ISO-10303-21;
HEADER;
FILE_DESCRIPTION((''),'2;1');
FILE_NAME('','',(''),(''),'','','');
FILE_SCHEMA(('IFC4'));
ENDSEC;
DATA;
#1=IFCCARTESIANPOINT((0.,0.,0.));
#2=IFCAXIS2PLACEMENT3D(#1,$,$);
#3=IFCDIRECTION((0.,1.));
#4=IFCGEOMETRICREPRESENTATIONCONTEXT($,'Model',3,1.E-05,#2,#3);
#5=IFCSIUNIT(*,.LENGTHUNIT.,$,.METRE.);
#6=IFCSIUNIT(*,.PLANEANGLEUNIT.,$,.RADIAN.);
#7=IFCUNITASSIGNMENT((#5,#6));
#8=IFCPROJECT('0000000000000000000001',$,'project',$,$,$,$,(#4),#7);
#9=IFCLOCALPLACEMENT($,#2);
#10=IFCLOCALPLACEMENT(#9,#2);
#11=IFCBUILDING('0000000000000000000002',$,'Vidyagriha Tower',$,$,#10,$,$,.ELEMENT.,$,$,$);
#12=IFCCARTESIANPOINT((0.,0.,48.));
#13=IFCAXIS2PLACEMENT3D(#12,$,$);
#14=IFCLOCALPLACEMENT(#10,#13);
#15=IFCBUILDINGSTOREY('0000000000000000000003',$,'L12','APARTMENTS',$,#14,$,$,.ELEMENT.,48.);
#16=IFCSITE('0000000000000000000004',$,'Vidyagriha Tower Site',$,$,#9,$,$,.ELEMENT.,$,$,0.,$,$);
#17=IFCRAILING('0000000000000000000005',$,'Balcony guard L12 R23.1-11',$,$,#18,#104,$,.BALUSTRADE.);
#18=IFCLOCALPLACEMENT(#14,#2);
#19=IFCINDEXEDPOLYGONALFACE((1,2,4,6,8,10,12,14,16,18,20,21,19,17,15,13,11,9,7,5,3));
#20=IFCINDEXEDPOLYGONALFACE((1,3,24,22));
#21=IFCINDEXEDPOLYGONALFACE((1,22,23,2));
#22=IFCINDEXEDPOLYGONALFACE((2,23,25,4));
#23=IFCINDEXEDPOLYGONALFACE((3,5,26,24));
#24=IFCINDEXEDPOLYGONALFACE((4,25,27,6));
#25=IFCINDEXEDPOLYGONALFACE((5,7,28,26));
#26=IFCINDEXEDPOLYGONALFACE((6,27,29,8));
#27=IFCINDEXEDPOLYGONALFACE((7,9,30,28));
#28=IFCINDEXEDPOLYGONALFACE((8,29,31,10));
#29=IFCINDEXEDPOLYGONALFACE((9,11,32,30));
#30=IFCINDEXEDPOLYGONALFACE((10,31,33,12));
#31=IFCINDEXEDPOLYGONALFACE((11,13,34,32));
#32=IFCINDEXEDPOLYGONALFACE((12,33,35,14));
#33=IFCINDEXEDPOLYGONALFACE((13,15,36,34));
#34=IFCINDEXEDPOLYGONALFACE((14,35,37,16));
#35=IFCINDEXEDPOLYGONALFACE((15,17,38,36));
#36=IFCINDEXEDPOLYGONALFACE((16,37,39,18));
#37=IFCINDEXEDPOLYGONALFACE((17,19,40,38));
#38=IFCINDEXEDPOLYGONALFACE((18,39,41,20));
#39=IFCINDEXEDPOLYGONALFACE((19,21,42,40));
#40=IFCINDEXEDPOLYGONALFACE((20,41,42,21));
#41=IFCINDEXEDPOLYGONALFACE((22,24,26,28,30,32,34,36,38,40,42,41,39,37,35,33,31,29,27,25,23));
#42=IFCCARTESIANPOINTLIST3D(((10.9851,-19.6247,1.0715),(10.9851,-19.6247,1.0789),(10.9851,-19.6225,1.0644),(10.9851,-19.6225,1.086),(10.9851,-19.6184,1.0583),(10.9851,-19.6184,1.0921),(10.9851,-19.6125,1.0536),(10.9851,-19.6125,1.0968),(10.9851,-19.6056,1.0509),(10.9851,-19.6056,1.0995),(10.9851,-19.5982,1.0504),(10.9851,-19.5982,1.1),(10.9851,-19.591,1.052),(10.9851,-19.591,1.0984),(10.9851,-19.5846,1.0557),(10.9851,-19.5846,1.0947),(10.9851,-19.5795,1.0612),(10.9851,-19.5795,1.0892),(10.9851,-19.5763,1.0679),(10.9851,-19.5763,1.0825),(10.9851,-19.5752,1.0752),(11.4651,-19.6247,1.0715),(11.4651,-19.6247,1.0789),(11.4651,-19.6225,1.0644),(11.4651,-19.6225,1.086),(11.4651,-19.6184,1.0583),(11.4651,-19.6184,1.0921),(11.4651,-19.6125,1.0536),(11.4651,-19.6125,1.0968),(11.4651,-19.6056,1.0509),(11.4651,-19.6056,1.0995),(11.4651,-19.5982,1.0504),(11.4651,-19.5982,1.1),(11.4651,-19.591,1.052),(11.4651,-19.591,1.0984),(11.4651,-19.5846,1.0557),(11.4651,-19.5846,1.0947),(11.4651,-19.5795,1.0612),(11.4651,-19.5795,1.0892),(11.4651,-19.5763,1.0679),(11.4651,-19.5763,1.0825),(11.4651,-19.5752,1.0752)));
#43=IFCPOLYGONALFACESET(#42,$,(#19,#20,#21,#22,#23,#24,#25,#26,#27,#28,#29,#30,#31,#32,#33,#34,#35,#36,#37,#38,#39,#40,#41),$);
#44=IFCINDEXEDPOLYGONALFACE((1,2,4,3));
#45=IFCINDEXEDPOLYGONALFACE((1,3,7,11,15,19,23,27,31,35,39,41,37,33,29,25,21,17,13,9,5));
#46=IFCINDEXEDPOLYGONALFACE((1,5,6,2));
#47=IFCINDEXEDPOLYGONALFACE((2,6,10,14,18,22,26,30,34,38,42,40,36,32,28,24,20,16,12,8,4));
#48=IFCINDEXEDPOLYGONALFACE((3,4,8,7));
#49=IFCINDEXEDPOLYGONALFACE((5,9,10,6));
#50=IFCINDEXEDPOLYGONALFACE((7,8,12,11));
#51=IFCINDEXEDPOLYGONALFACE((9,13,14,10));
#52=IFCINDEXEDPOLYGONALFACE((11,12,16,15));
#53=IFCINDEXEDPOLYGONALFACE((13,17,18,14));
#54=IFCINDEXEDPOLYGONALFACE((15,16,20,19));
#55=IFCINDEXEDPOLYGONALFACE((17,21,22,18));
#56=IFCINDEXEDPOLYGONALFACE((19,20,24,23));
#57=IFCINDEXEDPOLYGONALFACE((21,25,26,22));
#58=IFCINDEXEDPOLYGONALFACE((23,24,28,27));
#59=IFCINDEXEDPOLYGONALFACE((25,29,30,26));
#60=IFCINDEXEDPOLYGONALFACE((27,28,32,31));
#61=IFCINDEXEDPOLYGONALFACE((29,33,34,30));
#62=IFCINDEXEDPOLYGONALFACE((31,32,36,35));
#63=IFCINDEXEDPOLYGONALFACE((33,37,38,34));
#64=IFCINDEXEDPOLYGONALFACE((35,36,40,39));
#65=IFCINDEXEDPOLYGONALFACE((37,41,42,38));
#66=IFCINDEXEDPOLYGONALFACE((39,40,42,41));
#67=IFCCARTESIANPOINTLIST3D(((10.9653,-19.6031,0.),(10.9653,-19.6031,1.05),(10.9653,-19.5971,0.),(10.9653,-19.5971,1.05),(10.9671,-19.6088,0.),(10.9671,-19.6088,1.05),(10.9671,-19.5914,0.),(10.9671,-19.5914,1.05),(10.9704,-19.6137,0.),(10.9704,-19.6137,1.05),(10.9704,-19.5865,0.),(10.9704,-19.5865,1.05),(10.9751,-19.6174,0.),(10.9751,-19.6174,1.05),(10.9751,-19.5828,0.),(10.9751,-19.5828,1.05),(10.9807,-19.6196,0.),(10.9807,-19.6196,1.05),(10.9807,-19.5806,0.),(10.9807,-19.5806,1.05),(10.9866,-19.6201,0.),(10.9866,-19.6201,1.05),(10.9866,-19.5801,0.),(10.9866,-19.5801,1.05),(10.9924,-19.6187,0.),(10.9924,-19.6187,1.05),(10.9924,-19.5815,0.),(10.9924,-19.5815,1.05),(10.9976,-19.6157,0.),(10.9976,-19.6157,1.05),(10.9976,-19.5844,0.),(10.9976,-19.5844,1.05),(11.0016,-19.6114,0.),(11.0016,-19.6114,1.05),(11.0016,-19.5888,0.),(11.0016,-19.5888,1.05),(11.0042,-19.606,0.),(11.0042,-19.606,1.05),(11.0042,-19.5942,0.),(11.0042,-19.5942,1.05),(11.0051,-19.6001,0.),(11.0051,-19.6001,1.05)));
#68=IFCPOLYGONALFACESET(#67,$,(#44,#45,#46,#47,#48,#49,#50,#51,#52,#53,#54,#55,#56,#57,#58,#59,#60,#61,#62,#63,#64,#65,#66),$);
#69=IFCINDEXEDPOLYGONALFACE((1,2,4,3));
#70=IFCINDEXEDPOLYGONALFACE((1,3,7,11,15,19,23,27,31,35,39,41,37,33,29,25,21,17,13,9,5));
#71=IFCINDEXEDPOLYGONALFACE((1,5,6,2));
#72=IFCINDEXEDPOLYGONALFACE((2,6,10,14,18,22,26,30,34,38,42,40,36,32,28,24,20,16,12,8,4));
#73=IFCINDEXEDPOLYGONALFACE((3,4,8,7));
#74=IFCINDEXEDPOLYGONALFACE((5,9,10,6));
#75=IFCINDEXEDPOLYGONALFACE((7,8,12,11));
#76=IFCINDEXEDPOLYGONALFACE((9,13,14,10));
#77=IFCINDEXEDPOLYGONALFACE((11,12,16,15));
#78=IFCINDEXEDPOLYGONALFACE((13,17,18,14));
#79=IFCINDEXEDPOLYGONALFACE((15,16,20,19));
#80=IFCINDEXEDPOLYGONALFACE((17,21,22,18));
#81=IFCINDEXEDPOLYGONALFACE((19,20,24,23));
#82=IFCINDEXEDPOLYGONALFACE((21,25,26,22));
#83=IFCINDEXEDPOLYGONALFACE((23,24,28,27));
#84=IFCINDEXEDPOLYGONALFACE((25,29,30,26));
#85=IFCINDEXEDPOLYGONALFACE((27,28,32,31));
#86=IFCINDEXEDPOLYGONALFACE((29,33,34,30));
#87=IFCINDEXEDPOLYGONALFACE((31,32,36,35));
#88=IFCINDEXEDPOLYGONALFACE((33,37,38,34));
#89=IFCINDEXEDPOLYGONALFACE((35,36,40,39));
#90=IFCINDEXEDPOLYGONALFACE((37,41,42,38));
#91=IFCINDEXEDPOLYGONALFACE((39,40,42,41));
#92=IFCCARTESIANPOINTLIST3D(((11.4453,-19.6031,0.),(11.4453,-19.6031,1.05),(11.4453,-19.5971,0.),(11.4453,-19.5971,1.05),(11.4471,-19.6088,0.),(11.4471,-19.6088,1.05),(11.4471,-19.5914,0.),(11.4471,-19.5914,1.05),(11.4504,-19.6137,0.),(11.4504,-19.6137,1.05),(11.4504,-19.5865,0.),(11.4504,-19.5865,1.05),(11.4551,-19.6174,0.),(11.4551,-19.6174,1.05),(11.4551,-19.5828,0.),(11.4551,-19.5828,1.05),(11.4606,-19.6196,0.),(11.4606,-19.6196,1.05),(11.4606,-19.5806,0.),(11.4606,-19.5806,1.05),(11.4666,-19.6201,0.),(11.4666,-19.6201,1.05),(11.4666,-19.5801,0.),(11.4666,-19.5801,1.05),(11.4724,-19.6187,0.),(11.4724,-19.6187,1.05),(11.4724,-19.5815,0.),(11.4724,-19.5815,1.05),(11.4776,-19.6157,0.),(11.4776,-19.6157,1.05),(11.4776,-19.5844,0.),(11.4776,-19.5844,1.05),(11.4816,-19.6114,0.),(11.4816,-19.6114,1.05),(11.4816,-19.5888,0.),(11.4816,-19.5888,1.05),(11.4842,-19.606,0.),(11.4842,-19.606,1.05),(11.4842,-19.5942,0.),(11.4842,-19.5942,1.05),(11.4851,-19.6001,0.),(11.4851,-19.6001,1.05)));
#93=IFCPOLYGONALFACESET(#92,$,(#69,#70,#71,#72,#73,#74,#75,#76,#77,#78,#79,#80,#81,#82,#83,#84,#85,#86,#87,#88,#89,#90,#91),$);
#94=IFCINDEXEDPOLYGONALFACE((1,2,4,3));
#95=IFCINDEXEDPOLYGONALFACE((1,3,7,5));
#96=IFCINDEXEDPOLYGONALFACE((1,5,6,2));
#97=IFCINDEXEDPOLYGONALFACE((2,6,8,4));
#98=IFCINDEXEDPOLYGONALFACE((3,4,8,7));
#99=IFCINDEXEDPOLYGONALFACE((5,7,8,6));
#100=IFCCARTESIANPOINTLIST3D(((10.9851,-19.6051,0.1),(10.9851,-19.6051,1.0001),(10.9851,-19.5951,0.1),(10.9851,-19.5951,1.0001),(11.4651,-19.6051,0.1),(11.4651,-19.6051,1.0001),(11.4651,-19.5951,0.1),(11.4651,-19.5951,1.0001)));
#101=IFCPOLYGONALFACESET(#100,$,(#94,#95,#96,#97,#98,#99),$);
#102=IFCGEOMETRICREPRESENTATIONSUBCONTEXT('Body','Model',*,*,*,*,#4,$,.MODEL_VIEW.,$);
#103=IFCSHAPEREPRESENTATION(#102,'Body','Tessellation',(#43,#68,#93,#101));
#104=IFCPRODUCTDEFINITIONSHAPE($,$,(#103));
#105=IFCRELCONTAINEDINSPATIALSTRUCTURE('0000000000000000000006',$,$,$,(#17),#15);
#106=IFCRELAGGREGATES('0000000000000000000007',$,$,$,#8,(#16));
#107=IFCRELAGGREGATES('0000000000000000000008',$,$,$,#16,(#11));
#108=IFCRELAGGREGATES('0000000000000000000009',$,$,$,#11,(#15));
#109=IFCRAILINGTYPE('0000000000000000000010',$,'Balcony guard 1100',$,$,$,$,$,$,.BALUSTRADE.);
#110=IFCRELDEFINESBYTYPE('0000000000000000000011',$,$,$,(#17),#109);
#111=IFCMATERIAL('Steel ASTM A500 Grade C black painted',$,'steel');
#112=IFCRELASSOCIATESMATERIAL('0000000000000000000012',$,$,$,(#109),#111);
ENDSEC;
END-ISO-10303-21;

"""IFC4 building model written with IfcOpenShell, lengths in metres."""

from ifc_helpers import new_model, si_unit, direction, frame, origin, origin_2d, place, context, subcontext, project, spatial, rectangle, circle, extrude, material, type_object, element, save


model = new_model("IFC4")

# Units and contexts
model_context = context("Model", 3, precision=1e-05, world=origin(), true_north=direction((0.0, 1.0)))
body_context = subcontext(model_context, "Body", "Model", "MODEL_VIEW")
ifc_project = project(units=[si_unit("LENGTHUNIT", "METRE"), si_unit("PLANEANGLEUNIT", "RADIAN")], contexts=[model_context])

# Site, building, storey
site_placement = place(None, origin())
site = spatial("IfcSite", under=ifc_project, at=site_placement, Name="Vidyagriha Tower Site", CompositionType="ELEMENT", RefElevation=0.0)
building_placement = place(site_placement, origin())
building = spatial("IfcBuilding", under=site, at=building_placement, Name="Vidyagriha Tower", CompositionType="ELEMENT")
storey_placement = place(building_placement, frame((0.0, 0.0, 48.0)))
storey = spatial("IfcBuildingStorey", under=building, at=storey_placement, Name="L12", Description="APARTMENTS", CompositionType="ELEMENT", Elevation=48.0)

# Railing
ifc_material_1 = material(Name="Steel ASTM A500 Grade C black painted", Category="steel")
railing_type = type_object("IfcRailingType", Name="Balcony guard 1100", PredefinedType="BALUSTRADE", material=ifc_material_1)
railing_1_placement = place(storey_placement, frame((10.9851, -19.6001, 0.0)))
element("IfcRailing", 1, at=railing_1_placement, inside=storey, type_object=railing_type, Name="Balcony guard L12 R23.1-11", PredefinedType="BALUSTRADE", context=body_context, shape_type="SweptSolid", body=[
    extrude(circle(Radius=0.0249, at=origin_2d()), frame((0.0, 0.0, 1.0752), z_axis=(1.0, 0.0, 0.0), x_axis=(0.0, 1.0, 0.0)), (0.0, 0.0, 1.0), 0.48),
    extrude(circle(Radius=0.02, at=origin_2d()), origin(), (0.0, 0.0, 1.0), 1.05),
    extrude(circle(Radius=0.02, at=origin_2d()), frame((0.48, 0.0, 0.0)), (0.0, 0.0, 1.0), 1.05),
    extrude(rectangle(XDim=0.01, YDim=0.9001, at=origin_2d()), frame((0.0, 0.0, 0.55), z_axis=(1.0, 0.0, 0.0), x_axis=(0.0, 1.0, 0.0)), (0.0, 0.0, 1.0), 0.48),
])

save(model, "model.ifc")
